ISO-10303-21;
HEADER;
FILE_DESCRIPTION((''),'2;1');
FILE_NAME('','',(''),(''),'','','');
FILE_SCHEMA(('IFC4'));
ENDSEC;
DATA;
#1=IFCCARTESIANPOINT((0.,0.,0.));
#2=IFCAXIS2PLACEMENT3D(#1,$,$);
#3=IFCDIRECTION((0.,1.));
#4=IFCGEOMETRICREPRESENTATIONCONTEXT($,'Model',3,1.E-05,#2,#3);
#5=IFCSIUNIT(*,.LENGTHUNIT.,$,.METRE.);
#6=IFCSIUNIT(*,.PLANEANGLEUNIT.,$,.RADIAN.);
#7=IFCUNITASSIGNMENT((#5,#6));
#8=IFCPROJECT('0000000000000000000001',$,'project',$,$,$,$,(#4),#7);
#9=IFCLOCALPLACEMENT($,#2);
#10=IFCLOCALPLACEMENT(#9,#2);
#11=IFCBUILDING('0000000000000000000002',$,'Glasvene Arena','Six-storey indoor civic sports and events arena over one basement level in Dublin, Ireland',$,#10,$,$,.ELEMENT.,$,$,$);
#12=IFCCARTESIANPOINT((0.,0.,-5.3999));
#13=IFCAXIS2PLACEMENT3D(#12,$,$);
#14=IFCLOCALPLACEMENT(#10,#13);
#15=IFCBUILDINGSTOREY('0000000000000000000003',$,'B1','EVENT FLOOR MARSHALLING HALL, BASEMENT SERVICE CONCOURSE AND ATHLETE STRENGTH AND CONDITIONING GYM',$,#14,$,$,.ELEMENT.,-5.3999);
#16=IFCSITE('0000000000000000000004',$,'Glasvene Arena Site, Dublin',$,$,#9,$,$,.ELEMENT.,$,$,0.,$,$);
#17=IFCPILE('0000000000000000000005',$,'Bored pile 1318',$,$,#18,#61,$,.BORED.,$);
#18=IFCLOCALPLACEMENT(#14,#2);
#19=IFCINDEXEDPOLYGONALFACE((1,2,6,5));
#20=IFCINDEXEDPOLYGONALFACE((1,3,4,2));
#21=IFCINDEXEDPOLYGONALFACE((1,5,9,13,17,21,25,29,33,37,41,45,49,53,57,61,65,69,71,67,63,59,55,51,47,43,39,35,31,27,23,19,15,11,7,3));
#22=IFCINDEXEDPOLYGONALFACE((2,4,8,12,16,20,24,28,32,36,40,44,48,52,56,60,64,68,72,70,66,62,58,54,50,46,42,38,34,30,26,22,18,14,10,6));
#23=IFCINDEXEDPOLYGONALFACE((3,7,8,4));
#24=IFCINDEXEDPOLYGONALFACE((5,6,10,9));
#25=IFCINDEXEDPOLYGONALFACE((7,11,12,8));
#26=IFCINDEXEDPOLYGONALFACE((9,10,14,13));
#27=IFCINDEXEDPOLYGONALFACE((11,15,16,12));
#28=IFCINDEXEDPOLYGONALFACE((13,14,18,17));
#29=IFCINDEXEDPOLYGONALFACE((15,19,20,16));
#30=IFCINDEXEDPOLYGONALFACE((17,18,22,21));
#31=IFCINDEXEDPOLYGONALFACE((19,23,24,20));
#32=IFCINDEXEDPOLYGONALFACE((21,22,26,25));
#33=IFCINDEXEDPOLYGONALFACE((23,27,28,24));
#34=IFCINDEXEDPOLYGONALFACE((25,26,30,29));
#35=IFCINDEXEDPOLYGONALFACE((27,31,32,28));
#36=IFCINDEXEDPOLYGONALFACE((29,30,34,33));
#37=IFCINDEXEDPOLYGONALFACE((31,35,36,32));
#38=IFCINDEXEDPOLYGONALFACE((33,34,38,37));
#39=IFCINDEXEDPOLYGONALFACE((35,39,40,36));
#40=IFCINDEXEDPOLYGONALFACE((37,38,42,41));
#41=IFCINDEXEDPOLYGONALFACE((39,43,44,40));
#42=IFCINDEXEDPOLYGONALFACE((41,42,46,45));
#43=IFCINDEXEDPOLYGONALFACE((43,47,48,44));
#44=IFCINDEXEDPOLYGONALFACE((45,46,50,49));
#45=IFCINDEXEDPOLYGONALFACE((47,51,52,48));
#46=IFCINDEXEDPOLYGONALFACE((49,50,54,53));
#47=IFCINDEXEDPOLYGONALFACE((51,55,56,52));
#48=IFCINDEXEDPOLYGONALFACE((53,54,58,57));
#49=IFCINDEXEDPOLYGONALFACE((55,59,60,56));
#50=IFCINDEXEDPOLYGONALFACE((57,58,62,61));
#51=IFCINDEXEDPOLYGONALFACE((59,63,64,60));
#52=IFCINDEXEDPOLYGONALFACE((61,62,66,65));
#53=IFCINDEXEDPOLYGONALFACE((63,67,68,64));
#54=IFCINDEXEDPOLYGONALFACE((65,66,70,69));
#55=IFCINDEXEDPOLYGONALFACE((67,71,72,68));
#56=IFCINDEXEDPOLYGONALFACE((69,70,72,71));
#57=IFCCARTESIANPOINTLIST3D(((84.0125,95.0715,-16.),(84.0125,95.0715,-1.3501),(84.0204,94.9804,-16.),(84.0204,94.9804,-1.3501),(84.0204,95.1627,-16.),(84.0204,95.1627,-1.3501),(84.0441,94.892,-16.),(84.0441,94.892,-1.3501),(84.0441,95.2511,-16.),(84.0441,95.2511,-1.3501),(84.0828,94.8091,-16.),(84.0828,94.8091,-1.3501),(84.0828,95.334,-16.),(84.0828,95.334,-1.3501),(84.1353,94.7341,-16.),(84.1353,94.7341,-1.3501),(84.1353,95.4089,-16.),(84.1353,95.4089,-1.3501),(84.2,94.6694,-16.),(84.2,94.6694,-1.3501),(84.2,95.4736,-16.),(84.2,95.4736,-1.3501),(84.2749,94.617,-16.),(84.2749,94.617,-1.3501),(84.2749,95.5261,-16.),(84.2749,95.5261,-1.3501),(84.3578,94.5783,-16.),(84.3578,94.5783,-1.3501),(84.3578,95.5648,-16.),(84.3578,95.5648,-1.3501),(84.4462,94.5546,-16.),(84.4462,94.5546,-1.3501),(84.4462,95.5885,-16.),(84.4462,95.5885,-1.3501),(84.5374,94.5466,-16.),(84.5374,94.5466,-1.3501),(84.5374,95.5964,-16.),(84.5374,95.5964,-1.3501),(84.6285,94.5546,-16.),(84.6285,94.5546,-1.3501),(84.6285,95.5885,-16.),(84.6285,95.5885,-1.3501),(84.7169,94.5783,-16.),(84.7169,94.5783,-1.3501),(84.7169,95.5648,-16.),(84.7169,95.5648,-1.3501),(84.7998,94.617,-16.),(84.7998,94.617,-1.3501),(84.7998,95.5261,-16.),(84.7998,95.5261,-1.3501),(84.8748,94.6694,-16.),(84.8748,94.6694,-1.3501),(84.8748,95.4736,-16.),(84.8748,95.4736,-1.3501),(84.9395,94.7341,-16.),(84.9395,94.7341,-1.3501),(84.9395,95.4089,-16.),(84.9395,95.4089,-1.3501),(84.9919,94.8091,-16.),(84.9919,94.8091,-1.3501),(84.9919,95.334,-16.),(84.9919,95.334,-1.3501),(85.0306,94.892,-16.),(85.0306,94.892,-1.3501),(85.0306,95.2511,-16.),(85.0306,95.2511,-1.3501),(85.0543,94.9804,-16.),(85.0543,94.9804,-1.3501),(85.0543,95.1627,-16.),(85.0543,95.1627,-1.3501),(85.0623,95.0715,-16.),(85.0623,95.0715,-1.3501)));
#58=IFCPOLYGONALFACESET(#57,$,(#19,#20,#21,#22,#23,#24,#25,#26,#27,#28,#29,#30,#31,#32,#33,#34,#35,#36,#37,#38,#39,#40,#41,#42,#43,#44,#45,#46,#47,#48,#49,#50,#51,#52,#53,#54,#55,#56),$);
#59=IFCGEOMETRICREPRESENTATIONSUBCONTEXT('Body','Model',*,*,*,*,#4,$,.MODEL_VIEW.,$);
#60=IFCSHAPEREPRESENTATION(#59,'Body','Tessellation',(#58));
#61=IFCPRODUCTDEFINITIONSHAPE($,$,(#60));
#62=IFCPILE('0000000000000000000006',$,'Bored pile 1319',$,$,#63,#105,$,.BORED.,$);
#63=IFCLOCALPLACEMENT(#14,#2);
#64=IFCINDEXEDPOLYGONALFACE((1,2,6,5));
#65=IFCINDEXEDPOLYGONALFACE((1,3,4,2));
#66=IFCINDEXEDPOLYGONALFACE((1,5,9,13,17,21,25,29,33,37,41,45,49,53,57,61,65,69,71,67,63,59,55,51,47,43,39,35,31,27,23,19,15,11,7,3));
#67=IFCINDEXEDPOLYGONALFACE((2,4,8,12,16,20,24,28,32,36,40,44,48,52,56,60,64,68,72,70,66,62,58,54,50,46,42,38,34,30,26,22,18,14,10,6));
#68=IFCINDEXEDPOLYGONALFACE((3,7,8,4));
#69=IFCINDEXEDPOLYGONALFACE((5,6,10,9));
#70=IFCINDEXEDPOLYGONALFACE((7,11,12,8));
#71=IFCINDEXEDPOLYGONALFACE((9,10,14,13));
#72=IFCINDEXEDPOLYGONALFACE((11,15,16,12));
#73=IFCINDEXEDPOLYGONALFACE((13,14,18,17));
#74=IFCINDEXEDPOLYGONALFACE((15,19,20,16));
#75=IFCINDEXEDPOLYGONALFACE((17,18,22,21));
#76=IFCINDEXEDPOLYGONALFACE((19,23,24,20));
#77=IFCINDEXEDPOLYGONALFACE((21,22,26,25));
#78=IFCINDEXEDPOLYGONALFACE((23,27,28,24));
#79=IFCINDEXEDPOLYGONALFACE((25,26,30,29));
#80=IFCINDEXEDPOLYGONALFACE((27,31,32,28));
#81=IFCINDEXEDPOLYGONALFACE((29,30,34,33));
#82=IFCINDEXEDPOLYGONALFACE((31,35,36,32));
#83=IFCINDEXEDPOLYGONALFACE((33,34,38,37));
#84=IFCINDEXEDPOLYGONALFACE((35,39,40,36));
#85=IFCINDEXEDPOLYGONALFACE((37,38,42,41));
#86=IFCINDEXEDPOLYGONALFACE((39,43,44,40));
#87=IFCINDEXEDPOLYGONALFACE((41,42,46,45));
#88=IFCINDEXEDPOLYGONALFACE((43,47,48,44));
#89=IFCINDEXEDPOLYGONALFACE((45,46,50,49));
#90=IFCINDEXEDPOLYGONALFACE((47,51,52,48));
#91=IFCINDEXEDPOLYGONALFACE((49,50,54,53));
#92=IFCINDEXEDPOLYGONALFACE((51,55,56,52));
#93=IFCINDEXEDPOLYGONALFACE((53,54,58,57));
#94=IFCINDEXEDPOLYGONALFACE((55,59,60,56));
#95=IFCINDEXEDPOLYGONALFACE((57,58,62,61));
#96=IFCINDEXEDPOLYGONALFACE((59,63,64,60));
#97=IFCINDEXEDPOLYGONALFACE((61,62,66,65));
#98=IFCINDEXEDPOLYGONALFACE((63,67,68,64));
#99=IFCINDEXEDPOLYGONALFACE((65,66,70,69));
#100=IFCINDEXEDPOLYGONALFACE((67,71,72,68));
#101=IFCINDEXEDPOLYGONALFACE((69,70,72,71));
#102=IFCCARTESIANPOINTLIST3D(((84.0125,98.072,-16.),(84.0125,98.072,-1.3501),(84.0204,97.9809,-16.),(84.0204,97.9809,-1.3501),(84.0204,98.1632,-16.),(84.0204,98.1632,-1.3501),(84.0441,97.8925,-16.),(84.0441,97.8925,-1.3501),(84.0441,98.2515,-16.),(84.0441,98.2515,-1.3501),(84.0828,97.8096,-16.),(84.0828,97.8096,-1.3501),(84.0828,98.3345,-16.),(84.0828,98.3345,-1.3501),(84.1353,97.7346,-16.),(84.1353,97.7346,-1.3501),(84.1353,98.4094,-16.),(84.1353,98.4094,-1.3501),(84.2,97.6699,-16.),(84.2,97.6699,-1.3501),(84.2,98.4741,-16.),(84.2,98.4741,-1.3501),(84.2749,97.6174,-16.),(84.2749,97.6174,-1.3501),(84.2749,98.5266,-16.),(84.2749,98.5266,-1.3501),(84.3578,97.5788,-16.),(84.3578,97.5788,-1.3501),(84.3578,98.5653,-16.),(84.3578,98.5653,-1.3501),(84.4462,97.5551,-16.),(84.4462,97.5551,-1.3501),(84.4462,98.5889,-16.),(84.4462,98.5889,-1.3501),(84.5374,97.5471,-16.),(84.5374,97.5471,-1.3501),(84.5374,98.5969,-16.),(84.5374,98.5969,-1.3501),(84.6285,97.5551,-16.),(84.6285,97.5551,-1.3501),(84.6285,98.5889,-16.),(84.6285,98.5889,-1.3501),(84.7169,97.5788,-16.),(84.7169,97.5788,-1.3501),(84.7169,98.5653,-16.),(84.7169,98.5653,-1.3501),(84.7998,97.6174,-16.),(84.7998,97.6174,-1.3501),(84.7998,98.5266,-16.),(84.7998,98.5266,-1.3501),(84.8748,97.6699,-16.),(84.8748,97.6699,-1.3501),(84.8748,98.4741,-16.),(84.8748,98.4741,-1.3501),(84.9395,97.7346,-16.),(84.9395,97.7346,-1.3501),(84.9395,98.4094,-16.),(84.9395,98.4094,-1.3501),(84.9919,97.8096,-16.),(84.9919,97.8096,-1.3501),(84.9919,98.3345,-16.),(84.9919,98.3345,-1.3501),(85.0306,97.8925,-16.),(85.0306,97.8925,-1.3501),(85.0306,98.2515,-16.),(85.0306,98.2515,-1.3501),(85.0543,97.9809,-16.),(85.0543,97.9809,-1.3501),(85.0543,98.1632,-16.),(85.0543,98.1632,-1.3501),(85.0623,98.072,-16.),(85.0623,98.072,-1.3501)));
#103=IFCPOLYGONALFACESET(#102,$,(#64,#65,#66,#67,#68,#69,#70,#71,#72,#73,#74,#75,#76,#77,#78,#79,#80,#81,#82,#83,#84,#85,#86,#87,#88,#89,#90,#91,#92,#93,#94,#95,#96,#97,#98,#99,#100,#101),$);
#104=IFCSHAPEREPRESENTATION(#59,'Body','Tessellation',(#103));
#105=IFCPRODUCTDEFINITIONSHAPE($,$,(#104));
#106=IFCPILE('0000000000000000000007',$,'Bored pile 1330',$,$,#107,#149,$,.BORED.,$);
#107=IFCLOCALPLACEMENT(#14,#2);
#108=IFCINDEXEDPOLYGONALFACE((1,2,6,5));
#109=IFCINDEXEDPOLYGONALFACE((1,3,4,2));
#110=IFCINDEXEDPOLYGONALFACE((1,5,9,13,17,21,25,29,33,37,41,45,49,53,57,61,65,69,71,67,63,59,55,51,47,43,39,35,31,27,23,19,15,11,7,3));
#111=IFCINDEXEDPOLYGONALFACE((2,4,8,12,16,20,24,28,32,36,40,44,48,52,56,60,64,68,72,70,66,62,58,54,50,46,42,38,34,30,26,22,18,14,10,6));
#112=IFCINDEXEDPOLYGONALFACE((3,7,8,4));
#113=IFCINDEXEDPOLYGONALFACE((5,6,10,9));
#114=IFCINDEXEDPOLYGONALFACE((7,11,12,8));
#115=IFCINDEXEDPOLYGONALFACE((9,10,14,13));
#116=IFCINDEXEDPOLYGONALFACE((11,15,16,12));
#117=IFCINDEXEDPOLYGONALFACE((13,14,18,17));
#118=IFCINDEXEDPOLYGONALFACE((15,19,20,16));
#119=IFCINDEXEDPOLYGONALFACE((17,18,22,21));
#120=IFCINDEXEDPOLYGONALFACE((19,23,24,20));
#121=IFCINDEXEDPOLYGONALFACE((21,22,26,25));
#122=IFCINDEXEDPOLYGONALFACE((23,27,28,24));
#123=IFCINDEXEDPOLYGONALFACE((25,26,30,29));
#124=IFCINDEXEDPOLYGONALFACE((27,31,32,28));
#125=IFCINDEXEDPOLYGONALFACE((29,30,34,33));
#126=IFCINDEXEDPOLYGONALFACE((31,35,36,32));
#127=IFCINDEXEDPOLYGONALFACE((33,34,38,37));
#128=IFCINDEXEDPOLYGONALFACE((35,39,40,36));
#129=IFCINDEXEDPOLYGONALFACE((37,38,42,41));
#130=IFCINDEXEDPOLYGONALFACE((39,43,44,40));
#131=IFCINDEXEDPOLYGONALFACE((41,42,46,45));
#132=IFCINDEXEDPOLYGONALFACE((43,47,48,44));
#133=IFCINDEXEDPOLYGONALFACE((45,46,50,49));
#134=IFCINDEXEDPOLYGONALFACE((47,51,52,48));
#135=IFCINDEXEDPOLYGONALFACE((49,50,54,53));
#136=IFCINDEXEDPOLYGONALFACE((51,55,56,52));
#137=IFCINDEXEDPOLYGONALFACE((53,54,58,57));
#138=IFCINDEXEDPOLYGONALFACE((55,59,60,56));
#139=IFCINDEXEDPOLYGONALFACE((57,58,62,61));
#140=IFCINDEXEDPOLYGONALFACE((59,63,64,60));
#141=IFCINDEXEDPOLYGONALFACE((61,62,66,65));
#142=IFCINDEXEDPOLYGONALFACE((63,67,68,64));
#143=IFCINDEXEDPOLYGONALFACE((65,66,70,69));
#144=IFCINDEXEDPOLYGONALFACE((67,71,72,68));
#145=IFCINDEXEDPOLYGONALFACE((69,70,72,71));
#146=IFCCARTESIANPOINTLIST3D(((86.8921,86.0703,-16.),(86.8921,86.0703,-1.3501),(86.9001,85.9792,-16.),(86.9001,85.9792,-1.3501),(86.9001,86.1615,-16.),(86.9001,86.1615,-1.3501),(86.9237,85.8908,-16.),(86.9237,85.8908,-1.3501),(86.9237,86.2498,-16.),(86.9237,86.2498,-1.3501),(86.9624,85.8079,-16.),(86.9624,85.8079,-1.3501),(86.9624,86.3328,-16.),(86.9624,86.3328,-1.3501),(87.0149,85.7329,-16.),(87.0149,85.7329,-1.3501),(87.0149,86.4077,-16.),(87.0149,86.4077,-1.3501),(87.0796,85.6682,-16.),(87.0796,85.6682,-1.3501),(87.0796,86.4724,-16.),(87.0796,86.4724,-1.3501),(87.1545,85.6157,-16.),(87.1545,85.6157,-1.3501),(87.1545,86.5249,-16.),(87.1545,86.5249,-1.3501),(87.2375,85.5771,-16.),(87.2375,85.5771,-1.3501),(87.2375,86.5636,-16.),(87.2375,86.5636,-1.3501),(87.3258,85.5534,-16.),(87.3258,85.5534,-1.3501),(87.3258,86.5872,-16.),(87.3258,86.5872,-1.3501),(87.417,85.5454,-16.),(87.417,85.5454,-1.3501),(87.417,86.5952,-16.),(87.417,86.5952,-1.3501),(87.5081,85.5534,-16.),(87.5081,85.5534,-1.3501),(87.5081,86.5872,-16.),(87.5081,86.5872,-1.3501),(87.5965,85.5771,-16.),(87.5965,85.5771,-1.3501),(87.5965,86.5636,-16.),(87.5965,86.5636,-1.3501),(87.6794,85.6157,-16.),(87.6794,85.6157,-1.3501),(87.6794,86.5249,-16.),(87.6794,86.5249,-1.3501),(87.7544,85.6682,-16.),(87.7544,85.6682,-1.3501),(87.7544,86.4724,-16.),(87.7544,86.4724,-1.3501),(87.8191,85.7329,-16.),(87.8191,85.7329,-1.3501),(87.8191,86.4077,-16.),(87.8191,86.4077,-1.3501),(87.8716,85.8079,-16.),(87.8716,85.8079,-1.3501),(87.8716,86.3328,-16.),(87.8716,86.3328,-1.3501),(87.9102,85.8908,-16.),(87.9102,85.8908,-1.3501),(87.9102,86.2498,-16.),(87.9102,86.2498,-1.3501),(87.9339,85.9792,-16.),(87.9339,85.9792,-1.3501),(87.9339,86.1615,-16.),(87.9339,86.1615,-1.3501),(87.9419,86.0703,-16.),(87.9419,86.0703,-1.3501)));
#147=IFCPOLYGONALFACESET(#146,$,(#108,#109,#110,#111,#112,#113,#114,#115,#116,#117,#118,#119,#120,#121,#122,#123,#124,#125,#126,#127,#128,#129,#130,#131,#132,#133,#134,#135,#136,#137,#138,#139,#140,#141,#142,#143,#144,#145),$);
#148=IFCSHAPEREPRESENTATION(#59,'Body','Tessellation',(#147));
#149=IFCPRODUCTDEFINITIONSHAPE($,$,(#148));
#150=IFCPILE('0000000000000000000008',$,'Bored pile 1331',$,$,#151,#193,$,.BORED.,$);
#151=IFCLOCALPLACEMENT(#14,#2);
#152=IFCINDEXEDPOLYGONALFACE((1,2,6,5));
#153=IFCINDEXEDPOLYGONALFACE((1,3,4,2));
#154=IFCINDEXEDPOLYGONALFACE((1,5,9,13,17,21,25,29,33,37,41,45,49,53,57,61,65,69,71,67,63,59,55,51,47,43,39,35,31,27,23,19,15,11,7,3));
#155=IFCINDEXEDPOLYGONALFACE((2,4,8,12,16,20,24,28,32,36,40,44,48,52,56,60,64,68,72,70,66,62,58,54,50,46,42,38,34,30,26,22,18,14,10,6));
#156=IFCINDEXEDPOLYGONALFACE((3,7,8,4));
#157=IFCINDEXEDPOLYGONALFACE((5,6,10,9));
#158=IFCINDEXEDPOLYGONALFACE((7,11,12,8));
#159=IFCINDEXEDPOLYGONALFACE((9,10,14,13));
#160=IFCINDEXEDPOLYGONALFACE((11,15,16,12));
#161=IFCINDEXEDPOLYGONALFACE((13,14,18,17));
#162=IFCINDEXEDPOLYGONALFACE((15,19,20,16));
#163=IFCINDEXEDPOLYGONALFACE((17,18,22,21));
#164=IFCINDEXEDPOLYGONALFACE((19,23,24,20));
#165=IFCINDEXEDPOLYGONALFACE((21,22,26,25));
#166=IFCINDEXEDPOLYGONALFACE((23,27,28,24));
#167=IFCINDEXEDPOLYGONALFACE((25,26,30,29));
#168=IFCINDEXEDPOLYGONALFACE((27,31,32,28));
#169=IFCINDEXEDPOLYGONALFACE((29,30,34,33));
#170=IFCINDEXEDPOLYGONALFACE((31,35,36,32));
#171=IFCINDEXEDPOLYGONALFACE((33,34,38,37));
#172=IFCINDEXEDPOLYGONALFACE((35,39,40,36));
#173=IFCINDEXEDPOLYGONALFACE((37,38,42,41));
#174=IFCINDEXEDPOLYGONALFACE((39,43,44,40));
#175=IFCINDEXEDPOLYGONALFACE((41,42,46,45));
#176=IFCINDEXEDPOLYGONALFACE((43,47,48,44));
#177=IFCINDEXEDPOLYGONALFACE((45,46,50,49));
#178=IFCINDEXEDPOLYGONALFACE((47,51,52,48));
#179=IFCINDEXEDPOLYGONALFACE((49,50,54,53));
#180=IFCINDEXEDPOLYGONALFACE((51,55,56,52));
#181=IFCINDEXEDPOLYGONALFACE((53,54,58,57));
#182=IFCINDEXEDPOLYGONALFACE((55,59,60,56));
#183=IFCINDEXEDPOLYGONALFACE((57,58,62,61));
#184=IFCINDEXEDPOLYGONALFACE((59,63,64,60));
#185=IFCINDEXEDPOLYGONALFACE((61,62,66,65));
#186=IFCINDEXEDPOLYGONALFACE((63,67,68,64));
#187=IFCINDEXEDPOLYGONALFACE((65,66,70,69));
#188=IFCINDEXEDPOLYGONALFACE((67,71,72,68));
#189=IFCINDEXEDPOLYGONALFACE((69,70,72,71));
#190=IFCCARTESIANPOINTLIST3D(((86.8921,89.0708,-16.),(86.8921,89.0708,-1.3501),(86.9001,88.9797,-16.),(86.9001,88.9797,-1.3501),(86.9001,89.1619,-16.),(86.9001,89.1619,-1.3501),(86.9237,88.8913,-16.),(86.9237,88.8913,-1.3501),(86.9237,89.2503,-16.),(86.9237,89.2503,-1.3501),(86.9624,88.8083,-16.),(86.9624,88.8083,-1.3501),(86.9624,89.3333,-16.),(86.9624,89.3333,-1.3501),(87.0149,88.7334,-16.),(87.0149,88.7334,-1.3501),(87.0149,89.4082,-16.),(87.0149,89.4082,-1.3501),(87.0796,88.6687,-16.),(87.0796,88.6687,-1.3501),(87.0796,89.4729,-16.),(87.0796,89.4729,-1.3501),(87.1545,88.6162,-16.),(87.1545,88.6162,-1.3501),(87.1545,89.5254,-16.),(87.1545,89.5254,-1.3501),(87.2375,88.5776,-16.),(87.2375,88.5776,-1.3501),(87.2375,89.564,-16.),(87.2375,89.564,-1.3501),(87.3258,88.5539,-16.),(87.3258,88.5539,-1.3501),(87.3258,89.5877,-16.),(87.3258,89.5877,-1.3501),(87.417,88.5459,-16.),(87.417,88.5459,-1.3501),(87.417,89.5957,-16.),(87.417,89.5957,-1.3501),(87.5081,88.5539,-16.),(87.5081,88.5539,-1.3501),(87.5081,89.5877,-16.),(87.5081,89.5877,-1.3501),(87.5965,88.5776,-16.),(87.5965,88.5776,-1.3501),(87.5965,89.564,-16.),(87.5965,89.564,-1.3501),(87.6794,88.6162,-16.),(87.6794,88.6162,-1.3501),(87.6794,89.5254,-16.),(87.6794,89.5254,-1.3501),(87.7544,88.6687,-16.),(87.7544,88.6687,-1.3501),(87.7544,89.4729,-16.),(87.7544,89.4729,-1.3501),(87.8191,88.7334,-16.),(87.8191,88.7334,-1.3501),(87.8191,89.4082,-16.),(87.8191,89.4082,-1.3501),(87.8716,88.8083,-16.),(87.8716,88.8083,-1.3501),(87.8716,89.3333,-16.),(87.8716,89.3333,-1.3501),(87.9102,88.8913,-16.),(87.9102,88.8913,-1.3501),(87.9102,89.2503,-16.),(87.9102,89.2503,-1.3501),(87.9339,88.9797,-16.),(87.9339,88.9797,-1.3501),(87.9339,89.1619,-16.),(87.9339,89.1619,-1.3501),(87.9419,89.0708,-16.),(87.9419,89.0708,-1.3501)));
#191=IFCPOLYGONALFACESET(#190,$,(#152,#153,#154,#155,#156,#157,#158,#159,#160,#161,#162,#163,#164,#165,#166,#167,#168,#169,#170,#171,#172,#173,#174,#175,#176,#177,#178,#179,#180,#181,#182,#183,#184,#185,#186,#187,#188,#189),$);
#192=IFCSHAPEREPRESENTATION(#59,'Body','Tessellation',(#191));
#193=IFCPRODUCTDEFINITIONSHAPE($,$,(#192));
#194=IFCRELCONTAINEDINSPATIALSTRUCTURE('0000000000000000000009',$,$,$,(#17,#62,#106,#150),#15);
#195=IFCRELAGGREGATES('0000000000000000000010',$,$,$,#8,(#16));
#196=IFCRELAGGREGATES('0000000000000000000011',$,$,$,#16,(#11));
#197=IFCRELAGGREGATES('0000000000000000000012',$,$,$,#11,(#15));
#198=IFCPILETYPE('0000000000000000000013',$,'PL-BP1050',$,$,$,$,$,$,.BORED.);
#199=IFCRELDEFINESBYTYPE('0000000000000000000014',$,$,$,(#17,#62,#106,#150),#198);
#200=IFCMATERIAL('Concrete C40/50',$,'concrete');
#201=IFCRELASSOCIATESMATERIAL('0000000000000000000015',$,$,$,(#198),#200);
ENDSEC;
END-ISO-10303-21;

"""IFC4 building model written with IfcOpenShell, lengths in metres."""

from ifc_helpers import new_model, si_unit, direction, frame, origin, origin_2d, place, context, subcontext, project, spatial, circle, extrude, material, material_profile, profile_set, type_object, element, save


model = new_model("IFC4")

# Units and contexts
model_context = context("Model", 3, precision=1e-05, world=origin(), true_north=direction((0.0, 1.0)))
body_context = subcontext(model_context, "Body", "Model", "MODEL_VIEW")
ifc_project = project(units=[si_unit("LENGTHUNIT", "METRE"), si_unit("PLANEANGLEUNIT", "RADIAN")], contexts=[model_context])

# Site, building, storey
site_placement = place(None, origin())
site = spatial("IfcSite", under=ifc_project, at=site_placement, Name="Glasvene Arena Site, Dublin", CompositionType="ELEMENT", RefElevation=0.0)
building_placement = place(site_placement, origin())
building = spatial("IfcBuilding", under=site, at=building_placement, Name="Glasvene Arena", Description="Six-storey indoor civic sports and events arena over one basement level in Dublin, Ireland", CompositionType="ELEMENT")
storey_placement = place(building_placement, frame((0.0, 0.0, -5.3999)))
storey = spatial("IfcBuildingStorey", under=building, at=storey_placement, Name="B1", Description="EVENT FLOOR MARSHALLING HALL, BASEMENT SERVICE CONCOURSE AND ATHLETE STRENGTH AND CONDITIONING GYM", CompositionType="ELEMENT", Elevation=-5.3999)

# Piles
ifc_material_1 = material(Name="Concrete C40/50", Category="concrete")
ifc_material_profile_1 = material_profile(ifc_material_1, circle(Radius=0.5249, at=origin_2d()), Name="BORED PILE 1050")
ifc_profile_set_1 = profile_set([ifc_material_profile_1], Name="Concrete C40/50")
pile_type_1 = type_object("IfcPileType", Name="PL-BP1050", PredefinedType="BORED", material=ifc_profile_set_1)
for number, where, z_axis, x_axis, name in (
    (1, (84.5374, 95.0715, -1.3501), (0.0, 0.0, -1.0), (1.0, 0.0, 0.0), "Bored pile 1318"),
    (2, (84.5374, 98.072, -1.3501), (0.0, 0.0, -1.0), (1.0, 0.0, 0.0), "Bored pile 1319"),
    (3, (87.417, 86.0703, -1.3501), (0.0, 0.0, -1.0), (1.0, 0.0, 0.0), "Bored pile 1330"),
    (4, (87.417, 89.0708, -1.3501), (0.0, 0.0, -1.0), (1.0, 0.0, 0.0), "Bored pile 1331"),
):
    element("IfcPile", number, at=place(storey_placement, frame(where, z_axis=z_axis, x_axis=x_axis)), inside=storey, type_object=pile_type_1, Name=name, PredefinedType="BORED", context=body_context, shape_type="SweptSolid", body=[
        extrude(circle(Radius=0.5249, at=origin_2d()), origin(), (0.0, 0.0, 1.0), 14.6499),
    ])

save(model, "model.ifc")
